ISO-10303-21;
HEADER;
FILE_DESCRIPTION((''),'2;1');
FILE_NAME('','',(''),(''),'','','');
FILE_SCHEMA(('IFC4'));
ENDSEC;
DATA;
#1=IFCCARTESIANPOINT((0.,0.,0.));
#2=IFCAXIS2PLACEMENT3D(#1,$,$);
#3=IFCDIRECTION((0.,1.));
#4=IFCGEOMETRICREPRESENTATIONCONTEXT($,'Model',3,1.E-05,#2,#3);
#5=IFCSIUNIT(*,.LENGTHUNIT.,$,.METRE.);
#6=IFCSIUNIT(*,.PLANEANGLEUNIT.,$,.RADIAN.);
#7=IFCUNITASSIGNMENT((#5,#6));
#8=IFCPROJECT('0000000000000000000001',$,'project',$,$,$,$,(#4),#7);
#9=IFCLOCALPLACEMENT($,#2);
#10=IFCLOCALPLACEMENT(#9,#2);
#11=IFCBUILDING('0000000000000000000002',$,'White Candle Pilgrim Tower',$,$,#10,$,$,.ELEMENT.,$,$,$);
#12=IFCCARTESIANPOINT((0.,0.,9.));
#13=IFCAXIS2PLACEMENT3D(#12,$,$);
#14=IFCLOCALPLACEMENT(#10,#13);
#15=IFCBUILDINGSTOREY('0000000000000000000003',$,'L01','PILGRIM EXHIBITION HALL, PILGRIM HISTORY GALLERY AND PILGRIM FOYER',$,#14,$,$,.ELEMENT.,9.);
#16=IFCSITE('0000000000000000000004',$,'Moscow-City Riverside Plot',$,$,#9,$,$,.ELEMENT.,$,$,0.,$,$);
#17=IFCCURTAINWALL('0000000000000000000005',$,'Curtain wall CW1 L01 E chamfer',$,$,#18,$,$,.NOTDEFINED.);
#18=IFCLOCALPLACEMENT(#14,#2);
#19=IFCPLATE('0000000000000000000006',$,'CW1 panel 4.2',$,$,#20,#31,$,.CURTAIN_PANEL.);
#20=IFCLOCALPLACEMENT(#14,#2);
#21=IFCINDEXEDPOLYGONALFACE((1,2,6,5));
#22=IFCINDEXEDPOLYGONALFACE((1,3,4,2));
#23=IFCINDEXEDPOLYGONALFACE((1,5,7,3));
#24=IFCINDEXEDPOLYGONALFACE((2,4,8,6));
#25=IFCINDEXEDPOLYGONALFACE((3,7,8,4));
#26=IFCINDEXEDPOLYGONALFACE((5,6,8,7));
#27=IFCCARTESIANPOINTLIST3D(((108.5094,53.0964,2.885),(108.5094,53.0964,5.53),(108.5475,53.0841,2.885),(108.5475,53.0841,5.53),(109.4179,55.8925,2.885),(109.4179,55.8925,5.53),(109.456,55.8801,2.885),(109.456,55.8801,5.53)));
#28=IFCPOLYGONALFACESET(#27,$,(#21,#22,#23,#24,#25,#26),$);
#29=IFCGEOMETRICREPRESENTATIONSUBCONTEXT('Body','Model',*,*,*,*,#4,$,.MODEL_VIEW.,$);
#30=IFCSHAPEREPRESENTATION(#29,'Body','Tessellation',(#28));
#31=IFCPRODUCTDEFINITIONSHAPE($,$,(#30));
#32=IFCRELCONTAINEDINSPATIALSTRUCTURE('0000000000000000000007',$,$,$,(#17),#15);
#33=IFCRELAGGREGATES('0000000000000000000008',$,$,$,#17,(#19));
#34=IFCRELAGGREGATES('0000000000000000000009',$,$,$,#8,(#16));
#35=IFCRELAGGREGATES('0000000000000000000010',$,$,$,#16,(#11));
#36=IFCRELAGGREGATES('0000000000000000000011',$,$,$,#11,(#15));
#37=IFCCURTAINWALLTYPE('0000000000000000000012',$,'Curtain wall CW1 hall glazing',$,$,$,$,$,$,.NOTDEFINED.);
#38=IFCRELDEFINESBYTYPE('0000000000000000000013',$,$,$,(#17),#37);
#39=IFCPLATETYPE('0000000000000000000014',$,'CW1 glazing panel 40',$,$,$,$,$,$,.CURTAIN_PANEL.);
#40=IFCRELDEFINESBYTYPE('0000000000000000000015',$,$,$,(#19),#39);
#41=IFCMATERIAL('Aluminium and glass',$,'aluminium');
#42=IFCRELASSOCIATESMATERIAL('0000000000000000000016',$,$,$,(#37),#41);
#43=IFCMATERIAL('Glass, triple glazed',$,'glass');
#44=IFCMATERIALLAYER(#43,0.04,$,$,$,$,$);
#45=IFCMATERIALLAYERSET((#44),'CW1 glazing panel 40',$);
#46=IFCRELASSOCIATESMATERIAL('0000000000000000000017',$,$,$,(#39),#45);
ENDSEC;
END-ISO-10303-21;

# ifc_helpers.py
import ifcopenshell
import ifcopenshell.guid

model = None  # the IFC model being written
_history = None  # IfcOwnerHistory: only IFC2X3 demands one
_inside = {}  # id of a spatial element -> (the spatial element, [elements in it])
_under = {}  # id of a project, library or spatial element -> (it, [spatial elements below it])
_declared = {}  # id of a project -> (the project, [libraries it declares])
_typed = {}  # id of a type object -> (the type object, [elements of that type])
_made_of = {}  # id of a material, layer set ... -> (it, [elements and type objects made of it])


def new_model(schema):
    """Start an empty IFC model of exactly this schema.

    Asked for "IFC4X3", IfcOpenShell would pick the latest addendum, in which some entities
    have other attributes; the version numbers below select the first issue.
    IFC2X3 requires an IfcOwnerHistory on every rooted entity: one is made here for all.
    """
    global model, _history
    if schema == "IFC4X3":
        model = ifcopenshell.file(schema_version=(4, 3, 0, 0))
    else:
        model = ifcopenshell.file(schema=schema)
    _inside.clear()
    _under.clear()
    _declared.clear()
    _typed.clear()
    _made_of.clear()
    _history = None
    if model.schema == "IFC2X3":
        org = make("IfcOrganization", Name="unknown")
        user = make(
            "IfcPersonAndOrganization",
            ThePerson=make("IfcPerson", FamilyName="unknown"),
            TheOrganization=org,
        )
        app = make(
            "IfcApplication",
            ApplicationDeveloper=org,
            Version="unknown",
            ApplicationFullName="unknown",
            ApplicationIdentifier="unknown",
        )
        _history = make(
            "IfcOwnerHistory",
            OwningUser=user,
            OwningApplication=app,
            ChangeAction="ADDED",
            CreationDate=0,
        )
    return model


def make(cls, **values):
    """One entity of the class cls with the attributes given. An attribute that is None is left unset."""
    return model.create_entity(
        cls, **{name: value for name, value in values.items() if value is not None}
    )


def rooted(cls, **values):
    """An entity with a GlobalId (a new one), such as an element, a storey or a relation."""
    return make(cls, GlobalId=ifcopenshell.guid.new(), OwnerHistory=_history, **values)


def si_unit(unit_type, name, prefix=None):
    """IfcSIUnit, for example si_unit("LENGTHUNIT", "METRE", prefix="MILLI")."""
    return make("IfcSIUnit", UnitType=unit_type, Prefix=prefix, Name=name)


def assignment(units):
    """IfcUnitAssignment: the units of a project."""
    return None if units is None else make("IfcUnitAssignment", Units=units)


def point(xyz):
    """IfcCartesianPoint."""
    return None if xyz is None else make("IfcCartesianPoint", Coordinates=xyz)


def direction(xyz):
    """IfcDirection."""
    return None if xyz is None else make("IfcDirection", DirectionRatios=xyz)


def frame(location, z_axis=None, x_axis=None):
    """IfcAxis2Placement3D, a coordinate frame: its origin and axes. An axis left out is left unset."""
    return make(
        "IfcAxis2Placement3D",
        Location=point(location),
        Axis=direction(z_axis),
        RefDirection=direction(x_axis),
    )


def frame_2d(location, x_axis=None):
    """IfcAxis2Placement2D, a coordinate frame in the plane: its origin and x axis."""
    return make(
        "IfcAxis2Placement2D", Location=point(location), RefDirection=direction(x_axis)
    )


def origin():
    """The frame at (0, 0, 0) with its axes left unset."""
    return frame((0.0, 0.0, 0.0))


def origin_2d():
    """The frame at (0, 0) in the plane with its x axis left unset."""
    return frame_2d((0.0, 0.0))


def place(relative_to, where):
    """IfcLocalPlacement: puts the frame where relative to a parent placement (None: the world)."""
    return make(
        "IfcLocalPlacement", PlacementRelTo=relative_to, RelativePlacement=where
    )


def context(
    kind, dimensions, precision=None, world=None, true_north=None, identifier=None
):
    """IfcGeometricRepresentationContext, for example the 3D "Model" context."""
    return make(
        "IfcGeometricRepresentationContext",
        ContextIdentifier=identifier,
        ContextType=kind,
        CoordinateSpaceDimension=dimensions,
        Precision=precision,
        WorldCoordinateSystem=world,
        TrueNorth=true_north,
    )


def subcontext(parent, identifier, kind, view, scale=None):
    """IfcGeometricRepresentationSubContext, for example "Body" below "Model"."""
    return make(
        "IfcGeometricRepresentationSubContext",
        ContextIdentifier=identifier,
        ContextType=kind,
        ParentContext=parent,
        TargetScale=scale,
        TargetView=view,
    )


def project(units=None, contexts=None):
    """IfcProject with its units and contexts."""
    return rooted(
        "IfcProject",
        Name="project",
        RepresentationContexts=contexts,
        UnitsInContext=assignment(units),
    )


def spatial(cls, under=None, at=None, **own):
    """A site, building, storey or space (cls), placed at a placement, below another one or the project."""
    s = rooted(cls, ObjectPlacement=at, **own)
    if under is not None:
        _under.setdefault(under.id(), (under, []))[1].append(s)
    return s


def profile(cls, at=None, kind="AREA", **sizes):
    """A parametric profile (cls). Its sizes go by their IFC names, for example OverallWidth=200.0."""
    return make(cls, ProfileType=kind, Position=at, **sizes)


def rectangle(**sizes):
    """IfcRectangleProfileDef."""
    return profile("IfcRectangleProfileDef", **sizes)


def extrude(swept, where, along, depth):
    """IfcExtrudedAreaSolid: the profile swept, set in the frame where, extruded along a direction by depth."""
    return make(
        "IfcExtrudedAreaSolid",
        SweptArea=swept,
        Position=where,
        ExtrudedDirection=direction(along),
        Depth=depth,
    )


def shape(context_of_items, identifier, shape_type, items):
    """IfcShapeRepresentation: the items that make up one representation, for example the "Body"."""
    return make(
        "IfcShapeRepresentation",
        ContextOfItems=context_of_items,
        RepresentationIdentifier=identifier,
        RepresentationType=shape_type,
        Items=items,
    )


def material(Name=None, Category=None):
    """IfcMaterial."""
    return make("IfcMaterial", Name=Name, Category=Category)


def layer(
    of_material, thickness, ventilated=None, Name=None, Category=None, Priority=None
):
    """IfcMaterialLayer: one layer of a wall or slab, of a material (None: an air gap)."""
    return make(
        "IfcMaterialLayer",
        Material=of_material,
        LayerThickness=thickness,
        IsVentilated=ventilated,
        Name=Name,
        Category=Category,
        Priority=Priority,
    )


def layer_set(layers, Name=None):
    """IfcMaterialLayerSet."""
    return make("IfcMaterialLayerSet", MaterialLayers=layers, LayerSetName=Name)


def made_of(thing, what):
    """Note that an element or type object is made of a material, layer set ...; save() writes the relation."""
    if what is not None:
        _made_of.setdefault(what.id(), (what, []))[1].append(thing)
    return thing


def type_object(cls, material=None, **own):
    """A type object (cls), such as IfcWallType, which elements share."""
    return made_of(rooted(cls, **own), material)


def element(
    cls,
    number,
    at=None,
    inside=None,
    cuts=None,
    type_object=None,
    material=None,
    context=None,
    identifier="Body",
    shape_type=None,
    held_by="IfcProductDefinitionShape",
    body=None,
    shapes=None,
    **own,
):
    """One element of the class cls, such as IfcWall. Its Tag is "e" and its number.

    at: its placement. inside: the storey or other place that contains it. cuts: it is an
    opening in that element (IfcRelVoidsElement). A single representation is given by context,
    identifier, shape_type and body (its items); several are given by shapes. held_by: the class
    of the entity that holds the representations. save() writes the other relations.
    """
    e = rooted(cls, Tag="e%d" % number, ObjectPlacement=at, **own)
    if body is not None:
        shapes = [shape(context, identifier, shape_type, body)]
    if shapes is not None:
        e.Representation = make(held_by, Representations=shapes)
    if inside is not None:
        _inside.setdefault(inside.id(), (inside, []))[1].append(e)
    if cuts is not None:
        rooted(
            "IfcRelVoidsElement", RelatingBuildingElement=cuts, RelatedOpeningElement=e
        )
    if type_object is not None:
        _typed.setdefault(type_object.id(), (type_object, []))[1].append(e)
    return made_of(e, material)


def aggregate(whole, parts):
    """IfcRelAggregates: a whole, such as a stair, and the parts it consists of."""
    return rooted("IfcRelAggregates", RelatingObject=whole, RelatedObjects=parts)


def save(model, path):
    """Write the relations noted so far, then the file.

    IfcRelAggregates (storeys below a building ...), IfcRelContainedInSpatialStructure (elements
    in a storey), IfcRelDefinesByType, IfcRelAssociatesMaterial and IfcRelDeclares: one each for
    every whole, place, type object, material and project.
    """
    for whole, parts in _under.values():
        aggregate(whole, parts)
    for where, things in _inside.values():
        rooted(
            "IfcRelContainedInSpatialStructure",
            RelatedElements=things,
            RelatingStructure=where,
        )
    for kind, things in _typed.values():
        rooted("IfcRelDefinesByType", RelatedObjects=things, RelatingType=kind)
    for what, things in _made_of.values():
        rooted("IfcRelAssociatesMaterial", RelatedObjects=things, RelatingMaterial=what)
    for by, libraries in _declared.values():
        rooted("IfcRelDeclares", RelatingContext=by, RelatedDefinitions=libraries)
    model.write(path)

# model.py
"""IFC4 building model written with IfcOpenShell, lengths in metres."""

from ifc_helpers import new_model, si_unit, direction, frame, origin, origin_2d, place, context, subcontext, project, spatial, rectangle, extrude, material, layer, layer_set, type_object, element, aggregate, save


model = new_model("IFC4")

# Units and contexts
model_context = context("Model", 3, precision=1e-05, world=origin(), true_north=direction((0.0, 1.0)))
body_context = subcontext(model_context, "Body", "Model", "MODEL_VIEW")
ifc_project = project(units=[si_unit("LENGTHUNIT", "METRE"), si_unit("PLANEANGLEUNIT", "RADIAN")], contexts=[model_context])

# Site, building, storey
site_placement = place(None, origin())
site = spatial("IfcSite", under=ifc_project, at=site_placement, Name="Moscow-City Riverside Plot", CompositionType="ELEMENT", RefElevation=0.0)
building_placement = place(site_placement, origin())
building = spatial("IfcBuilding", under=site, at=building_placement, Name="White Candle Pilgrim Tower", CompositionType="ELEMENT")
storey_placement = place(building_placement, frame((0.0, 0.0, 9.0)))
storey = spatial("IfcBuildingStorey", under=building, at=storey_placement, Name="L01", Description="PILGRIM EXHIBITION HALL, PILGRIM HISTORY GALLERY AND PILGRIM FOYER", CompositionType="ELEMENT", Elevation=9.0)

# Curtain wall
ifc_material_1 = material(Name="Aluminium and glass", Category="aluminium")
curtain_wall_type = type_object("IfcCurtainWallType", Name="Curtain wall CW1 hall glazing", PredefinedType="NOTDEFINED", material=ifc_material_1)
curtain_wall_placement = place(storey_placement, origin())
curtain_wall = element("IfcCurtainWall", 1, at=curtain_wall_placement, inside=storey, type_object=curtain_wall_type, Name="Curtain wall CW1 L01 E chamfer", PredefinedType="NOTDEFINED")

# Plate
ifc_material_2 = material(Name="Glass, triple glazed", Category="glass")
ifc_layer = layer(ifc_material_2, 0.04)
ifc_layer_set = layer_set([ifc_layer], Name="CW1 glazing panel 40")
plate_type = type_object("IfcPlateType", Name="CW1 glazing panel 40", PredefinedType="CURTAIN_PANEL", material=ifc_layer_set)
plate_1_placement = place(storey_placement, frame((108.9827, 54.4883, 2.885), z_axis=(0.0, 0.0, 1.0), x_axis=(0.309017, 0.951057, 0.0)))
plate_1 = element("IfcPlate", 2, at=plate_1_placement, type_object=plate_type, Name="CW1 panel 4.2", PredefinedType="CURTAIN_PANEL", context=body_context, shape_type="SweptSolid", body=[
    extrude(rectangle(XDim=2.9399, YDim=0.04, at=origin_2d()), origin(), (0.0, 0.0, 1.0), 2.645),
])
aggregate(curtain_wall, [plate_1])

save(model, "model.ifc")
